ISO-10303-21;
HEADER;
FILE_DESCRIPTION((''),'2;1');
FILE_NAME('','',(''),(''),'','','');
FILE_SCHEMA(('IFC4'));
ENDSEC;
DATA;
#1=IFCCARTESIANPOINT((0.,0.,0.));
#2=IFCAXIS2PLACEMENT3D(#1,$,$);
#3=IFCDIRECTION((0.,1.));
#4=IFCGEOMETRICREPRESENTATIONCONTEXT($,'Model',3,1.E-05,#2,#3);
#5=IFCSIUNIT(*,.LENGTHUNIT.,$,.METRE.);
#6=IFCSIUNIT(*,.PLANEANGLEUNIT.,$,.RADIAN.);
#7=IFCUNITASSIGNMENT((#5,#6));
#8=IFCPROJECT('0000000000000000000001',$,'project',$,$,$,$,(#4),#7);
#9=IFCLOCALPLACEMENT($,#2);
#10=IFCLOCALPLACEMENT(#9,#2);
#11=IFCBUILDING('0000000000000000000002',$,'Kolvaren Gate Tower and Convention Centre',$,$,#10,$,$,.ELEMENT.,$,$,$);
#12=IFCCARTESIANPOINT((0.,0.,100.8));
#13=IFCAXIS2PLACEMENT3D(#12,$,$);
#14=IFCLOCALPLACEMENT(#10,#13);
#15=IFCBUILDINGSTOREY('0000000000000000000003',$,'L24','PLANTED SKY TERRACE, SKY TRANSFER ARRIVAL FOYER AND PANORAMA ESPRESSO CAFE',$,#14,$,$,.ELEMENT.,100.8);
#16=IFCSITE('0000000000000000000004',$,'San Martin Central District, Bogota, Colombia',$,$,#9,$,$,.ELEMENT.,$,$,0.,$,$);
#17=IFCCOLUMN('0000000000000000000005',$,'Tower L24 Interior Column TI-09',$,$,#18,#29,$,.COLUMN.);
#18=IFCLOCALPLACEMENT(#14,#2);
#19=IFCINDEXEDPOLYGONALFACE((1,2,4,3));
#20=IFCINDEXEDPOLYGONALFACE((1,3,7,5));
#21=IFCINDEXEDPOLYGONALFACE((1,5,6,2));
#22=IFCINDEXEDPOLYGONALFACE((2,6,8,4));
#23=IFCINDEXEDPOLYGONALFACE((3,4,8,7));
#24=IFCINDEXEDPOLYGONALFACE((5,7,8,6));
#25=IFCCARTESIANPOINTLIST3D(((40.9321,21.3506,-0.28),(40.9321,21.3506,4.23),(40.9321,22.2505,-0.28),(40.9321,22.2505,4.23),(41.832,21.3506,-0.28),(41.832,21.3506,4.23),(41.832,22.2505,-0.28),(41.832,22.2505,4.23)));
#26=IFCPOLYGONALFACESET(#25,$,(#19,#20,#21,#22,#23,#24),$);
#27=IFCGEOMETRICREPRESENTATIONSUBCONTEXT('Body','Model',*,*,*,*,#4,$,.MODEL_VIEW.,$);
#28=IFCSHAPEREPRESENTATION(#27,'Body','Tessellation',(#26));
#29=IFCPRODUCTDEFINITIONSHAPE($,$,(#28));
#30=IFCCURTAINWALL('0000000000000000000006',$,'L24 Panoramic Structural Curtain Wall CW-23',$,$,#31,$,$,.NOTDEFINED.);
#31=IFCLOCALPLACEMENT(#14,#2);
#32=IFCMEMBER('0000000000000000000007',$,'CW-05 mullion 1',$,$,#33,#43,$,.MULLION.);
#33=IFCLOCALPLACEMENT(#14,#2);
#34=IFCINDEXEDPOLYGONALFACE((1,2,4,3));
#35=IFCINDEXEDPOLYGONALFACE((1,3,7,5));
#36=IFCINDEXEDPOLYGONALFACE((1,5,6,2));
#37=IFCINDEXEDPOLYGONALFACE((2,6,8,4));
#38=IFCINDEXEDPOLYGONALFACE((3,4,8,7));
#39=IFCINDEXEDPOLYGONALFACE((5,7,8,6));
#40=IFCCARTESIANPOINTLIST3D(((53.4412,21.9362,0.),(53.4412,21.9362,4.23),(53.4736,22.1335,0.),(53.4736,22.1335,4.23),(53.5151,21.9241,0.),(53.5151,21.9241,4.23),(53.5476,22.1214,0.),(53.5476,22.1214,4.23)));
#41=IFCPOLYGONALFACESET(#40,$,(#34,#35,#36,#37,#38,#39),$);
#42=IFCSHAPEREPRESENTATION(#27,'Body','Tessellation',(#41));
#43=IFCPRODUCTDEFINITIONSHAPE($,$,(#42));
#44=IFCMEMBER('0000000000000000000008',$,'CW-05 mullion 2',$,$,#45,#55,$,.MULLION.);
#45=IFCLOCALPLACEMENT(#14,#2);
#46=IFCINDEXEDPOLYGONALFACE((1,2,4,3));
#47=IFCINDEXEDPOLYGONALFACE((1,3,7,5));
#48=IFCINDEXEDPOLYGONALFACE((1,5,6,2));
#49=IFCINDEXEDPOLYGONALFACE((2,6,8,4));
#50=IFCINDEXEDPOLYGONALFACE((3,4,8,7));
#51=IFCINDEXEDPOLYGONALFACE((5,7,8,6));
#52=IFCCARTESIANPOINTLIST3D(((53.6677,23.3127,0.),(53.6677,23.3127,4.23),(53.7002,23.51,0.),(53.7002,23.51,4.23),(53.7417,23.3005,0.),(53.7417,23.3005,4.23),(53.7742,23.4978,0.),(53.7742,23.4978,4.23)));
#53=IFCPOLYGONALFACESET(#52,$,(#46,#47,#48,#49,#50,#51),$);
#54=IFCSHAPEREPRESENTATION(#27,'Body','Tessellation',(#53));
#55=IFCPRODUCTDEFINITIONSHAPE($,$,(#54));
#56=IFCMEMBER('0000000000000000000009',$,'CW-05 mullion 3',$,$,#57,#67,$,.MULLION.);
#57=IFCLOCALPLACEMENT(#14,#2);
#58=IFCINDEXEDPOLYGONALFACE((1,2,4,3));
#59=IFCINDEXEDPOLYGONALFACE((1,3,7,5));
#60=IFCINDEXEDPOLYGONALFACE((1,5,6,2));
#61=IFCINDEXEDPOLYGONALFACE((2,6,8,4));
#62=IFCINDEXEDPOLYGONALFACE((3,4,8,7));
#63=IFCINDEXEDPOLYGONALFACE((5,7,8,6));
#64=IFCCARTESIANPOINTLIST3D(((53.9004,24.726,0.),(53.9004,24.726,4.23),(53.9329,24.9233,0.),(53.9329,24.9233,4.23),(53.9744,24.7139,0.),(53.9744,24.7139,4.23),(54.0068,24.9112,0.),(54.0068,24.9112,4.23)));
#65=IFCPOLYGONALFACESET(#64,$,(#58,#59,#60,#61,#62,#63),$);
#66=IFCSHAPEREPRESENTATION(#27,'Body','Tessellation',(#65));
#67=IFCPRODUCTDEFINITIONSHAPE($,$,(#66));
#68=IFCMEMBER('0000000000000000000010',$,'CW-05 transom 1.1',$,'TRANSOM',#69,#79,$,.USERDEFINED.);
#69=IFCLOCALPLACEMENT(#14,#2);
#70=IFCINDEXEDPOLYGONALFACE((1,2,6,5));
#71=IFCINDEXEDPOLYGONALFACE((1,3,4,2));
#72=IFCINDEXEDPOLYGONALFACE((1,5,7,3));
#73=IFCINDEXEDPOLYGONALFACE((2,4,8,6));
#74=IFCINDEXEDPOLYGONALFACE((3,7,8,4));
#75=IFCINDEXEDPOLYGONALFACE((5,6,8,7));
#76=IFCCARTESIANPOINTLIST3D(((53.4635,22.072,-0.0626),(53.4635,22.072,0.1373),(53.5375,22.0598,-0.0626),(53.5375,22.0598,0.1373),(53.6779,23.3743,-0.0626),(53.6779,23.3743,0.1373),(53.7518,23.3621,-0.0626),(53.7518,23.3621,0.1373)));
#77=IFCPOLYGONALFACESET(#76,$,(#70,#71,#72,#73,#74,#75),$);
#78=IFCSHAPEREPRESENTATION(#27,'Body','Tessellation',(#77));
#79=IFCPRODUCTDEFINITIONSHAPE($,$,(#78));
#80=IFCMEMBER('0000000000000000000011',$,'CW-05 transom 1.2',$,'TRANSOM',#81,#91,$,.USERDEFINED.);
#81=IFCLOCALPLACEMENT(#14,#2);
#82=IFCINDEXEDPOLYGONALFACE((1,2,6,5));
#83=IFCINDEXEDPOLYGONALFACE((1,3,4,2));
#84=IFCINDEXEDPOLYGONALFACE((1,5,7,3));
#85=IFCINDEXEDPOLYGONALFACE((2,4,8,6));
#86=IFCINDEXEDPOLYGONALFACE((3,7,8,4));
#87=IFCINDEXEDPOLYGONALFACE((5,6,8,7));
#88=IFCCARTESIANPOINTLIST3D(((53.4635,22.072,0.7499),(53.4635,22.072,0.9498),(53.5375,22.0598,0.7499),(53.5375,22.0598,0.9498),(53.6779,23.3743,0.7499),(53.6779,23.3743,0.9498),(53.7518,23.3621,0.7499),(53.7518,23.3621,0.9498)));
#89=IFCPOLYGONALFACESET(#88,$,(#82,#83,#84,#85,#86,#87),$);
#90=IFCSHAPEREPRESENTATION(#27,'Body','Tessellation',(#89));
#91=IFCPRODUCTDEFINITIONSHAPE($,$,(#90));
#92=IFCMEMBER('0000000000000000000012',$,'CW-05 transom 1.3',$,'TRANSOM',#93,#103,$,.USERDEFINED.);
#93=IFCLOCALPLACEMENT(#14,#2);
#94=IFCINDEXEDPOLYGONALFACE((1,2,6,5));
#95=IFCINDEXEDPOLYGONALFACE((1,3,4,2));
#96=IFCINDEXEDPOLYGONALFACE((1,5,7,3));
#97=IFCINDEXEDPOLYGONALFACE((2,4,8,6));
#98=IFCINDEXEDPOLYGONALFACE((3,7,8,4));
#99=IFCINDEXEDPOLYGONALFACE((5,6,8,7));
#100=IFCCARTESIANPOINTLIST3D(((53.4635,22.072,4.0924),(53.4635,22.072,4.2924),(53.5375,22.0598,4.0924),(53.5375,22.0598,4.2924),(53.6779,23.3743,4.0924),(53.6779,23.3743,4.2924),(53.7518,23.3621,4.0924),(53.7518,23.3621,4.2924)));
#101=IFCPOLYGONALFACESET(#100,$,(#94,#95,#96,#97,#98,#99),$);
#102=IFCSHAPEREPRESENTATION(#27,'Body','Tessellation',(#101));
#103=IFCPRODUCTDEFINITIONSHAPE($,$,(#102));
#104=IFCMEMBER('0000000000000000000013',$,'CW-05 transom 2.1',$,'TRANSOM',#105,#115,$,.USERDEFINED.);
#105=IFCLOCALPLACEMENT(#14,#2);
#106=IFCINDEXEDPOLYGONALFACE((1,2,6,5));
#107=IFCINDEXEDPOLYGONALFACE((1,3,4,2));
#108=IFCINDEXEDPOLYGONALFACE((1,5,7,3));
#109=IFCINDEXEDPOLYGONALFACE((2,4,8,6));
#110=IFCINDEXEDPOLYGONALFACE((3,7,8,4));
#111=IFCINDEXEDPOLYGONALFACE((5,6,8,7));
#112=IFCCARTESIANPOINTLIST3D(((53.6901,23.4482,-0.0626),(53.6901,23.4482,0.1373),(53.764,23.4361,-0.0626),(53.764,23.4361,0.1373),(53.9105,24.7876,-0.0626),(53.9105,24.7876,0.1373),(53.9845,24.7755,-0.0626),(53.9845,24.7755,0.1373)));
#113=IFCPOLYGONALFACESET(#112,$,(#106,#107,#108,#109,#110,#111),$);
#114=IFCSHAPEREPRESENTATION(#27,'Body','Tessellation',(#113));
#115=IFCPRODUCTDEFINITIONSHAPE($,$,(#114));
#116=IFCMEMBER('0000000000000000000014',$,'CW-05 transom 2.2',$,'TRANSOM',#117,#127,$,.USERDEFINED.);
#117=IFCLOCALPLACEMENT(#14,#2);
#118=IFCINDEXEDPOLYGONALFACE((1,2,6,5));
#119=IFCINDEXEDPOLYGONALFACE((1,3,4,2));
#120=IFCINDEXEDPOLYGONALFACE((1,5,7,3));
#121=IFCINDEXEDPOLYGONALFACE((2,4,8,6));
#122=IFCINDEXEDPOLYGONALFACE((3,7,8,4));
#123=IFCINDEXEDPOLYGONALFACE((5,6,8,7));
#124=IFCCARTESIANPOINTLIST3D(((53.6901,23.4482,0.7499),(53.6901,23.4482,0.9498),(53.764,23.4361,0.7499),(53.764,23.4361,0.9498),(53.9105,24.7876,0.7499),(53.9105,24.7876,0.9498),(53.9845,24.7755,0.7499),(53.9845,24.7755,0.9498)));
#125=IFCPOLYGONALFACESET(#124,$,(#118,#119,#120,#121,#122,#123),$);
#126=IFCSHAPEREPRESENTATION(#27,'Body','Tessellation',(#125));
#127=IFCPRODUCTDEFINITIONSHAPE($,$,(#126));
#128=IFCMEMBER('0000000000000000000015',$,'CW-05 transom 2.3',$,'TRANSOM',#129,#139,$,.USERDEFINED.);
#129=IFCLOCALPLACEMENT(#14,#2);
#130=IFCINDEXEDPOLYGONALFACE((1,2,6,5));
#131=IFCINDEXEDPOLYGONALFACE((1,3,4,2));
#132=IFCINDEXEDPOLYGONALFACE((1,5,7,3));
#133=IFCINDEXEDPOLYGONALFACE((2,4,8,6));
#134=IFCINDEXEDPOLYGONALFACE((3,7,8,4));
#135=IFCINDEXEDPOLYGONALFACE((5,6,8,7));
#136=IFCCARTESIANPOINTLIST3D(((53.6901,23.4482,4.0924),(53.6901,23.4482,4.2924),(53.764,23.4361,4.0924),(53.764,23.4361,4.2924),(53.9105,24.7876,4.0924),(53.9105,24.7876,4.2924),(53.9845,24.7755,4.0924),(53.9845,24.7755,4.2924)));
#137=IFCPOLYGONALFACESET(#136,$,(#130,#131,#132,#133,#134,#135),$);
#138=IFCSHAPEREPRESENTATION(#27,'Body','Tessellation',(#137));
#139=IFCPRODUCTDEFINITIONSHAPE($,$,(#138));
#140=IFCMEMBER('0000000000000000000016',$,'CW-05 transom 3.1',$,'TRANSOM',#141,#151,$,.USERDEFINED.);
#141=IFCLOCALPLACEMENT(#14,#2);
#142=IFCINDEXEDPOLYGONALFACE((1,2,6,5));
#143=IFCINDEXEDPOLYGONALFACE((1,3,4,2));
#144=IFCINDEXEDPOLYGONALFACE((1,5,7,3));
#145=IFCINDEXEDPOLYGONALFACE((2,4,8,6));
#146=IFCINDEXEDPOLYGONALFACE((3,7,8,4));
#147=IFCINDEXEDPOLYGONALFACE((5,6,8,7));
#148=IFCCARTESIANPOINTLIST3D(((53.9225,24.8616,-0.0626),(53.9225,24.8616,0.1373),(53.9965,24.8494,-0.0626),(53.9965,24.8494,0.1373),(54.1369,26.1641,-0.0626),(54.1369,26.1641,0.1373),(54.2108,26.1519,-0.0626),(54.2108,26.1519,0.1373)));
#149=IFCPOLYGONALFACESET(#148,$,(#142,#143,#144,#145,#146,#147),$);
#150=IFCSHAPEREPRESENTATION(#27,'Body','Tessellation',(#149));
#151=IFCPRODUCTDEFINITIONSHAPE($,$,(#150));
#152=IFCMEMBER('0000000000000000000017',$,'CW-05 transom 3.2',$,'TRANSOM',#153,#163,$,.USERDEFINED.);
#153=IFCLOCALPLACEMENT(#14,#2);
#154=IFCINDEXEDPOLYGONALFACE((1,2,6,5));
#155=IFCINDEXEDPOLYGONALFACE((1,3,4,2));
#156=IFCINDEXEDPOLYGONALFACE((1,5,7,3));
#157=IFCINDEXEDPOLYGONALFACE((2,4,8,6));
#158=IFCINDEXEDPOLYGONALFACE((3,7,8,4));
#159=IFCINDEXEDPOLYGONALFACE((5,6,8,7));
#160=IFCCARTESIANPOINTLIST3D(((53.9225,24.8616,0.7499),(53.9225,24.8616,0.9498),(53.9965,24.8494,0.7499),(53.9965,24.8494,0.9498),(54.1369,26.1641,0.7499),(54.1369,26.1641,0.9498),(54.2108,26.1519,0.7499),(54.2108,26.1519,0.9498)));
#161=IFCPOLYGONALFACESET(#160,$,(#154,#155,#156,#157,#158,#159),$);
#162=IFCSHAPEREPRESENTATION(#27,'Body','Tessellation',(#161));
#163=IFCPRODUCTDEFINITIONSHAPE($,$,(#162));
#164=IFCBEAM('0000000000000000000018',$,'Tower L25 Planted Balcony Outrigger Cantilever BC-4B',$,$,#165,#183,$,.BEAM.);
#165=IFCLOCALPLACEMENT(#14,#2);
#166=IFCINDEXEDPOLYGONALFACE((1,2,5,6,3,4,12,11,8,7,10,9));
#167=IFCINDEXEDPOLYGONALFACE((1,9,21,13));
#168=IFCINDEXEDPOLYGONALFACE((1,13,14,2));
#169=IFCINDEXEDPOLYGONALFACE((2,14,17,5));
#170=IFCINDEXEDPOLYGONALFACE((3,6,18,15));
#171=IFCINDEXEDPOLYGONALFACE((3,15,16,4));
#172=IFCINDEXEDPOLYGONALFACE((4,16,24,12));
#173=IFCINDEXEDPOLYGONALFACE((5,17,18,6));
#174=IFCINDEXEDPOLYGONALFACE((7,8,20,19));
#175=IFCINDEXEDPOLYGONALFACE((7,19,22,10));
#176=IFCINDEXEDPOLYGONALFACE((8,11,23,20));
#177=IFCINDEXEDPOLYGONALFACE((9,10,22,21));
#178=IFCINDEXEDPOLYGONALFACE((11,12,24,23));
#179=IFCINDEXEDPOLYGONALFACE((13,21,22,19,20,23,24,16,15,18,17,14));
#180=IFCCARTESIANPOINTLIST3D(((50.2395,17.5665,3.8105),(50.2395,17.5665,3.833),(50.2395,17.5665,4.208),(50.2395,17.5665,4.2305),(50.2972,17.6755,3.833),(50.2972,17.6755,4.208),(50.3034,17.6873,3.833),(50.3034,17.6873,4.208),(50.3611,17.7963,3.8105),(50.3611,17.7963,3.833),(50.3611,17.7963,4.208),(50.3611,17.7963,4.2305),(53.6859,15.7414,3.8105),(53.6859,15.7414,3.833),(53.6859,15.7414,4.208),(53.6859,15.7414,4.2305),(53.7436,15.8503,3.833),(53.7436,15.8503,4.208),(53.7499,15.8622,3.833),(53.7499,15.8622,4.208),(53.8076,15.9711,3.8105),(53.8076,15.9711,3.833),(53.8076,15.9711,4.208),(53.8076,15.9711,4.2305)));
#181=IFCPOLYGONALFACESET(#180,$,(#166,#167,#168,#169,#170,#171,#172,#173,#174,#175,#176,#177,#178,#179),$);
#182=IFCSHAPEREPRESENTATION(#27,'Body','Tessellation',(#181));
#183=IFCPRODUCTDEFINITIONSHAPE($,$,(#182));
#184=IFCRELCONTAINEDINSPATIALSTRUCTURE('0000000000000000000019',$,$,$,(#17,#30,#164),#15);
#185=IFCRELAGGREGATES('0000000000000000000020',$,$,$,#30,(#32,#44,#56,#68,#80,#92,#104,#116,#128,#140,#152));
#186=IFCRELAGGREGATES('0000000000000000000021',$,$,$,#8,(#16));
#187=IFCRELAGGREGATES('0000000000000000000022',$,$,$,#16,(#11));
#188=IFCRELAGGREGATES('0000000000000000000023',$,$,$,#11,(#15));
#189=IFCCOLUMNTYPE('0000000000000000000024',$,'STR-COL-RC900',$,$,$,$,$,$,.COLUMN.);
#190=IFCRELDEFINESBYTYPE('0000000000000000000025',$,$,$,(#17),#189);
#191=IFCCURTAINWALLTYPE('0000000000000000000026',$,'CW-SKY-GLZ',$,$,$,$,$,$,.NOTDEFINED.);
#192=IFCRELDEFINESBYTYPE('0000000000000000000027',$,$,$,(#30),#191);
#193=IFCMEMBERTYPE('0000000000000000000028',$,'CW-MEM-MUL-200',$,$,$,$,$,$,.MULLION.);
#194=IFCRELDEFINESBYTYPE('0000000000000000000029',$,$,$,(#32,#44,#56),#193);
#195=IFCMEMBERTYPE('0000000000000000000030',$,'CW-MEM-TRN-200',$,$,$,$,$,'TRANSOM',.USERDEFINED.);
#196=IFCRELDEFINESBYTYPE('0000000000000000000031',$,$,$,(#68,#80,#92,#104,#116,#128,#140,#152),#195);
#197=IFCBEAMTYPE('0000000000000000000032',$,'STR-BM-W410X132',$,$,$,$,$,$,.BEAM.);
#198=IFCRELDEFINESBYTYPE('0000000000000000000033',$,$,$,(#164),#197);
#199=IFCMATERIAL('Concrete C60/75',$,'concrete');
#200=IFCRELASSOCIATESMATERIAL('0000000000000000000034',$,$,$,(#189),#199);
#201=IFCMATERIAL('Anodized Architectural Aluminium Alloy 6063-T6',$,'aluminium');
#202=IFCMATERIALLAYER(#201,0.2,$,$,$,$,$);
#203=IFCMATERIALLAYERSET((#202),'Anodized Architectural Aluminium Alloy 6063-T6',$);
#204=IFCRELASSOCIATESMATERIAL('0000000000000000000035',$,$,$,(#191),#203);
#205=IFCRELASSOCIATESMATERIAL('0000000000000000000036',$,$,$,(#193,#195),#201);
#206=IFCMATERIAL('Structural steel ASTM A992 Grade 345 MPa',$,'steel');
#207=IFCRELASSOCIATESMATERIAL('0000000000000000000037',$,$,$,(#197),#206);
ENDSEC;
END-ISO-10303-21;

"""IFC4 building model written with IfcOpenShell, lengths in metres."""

from ifc_helpers import new_model, si_unit, direction, frame, origin, origin_2d, place, context, subcontext, project, spatial, rectangle, i_section, extrude, material, layer, layer_set, material_profile, profile_set, type_object, element, aggregate, save


model = new_model("IFC4")

# Units and contexts
model_context = context("Model", 3, precision=1e-05, world=origin(), true_north=direction((0.0, 1.0)))
body_context = subcontext(model_context, "Body", "Model", "MODEL_VIEW")
ifc_project = project(units=[si_unit("LENGTHUNIT", "METRE"), si_unit("PLANEANGLEUNIT", "RADIAN")], contexts=[model_context])

# Site, building, storey
site_placement = place(None, origin())
site = spatial("IfcSite", under=ifc_project, at=site_placement, Name="San Martin Central District, Bogota, Colombia", CompositionType="ELEMENT", RefElevation=0.0)
building_placement = place(site_placement, origin())
building = spatial("IfcBuilding", under=site, at=building_placement, Name="Kolvaren Gate Tower and Convention Centre", CompositionType="ELEMENT")
storey_placement = place(building_placement, frame((0.0, 0.0, 100.8)))
storey = spatial("IfcBuildingStorey", under=building, at=storey_placement, Name="L24", Description="PLANTED SKY TERRACE, SKY TRANSFER ARRIVAL FOYER AND PANORAMA ESPRESSO CAFE", CompositionType="ELEMENT", Elevation=100.8)

# Column
ifc_material_1 = material(Name="Concrete C60/75", Category="concrete")
ifc_material_profile_1 = material_profile(ifc_material_1, rectangle(XDim=0.8999, YDim=0.8999, at=origin_2d()), Name="RC-COL-900X900")
ifc_profile_set_1 = profile_set([ifc_material_profile_1], Name="Concrete C60/75")
column_type = type_object("IfcColumnType", Name="STR-COL-RC900", PredefinedType="COLUMN", material=ifc_profile_set_1)
column_placement = place(storey_placement, frame((41.3821, 21.8005, -0.28), z_axis=(0.0, 0.0, 1.0), x_axis=(1.0, 0.0, 0.0)))
element("IfcColumn", 1, at=column_placement, inside=storey, type_object=column_type, Name="Tower L24 Interior Column TI-09", PredefinedType="COLUMN", context=body_context, shape_type="SweptSolid", body=[
    extrude(rectangle(XDim=0.8999, YDim=0.8999, at=origin_2d()), origin(), (0.0, 0.0, 1.0), 4.51),
])

# Curtain wall, members
ifc_material_2 = material(Name="Anodized Architectural Aluminium Alloy 6063-T6", Category="aluminium")
ifc_layer_1 = layer(ifc_material_2, 0.2)
ifc_layer_set_1 = layer_set([ifc_layer_1], Name="Anodized Architectural Aluminium Alloy 6063-T6")
curtain_wall_type = type_object("IfcCurtainWallType", Name="CW-SKY-GLZ", PredefinedType="NOTDEFINED", material=ifc_layer_set_1)
curtain_wall_placement = place(storey_placement, origin())
curtain_wall = element("IfcCurtainWall", 2, at=curtain_wall_placement, inside=storey, type_object=curtain_wall_type, Name="L24 Panoramic Structural Curtain Wall CW-23", PredefinedType="NOTDEFINED")
ifc_material_profile_2 = material_profile(ifc_material_2, rectangle(XDim=0.075, YDim=0.2, at=origin_2d()), Name="CW-MEM-MUL-200")
ifc_profile_set_2 = profile_set([ifc_material_profile_2], Name="Anodized Architectural Aluminium Alloy 6063-T6")
member_type_1 = type_object("IfcMemberType", Name="CW-MEM-MUL-200", PredefinedType="MULLION", material=ifc_profile_set_2)
member_1_placement = place(storey_placement, frame((53.4944, 22.0288, 0.0), z_axis=(0.0, 0.0, 1.0), x_axis=(-0.986726, 0.162391, 0.0)))
member_1 = element("IfcMember", 3, at=member_1_placement, type_object=member_type_1, Name="CW-05 mullion 1", PredefinedType="MULLION", context=body_context, shape_type="SweptSolid", body=[
    extrude(rectangle(XDim=0.075, YDim=0.2, at=origin_2d()), origin(), (0.0, 0.0, 1.0), 4.23),
])
member_2_placement = place(storey_placement, frame((53.7209, 23.4053, 0.0), z_axis=(0.0, 0.0, 1.0), x_axis=(-0.986726, 0.162391, 0.0)))
member_2 = element("IfcMember", 4, at=member_2_placement, type_object=member_type_1, Name="CW-05 mullion 2", PredefinedType="MULLION", context=body_context, shape_type="SweptSolid", body=[
    extrude(rectangle(XDim=0.075, YDim=0.2, at=origin_2d()), origin(), (0.0, 0.0, 1.0), 4.23),
])
member_3_placement = place(storey_placement, frame((53.9536, 24.8186, 0.0), z_axis=(0.0, 0.0, 1.0), x_axis=(-0.986726, 0.162391, 0.0)))
member_3 = element("IfcMember", 5, at=member_3_placement, type_object=member_type_1, Name="CW-05 mullion 3", PredefinedType="MULLION", context=body_context, shape_type="SweptSolid", body=[
    extrude(rectangle(XDim=0.075, YDim=0.2, at=origin_2d()), origin(), (0.0, 0.0, 1.0), 4.23),
])
ifc_material_profile_3 = material_profile(ifc_material_2, rectangle(XDim=0.075, YDim=0.2, at=origin_2d()), Name="CW-MEM-TRN-200")
ifc_profile_set_3 = profile_set([ifc_material_profile_3], Name="Anodized Architectural Aluminium Alloy 6063-T6")
member_type_2 = type_object("IfcMemberType", Name="CW-MEM-TRN-200", ElementType="TRANSOM", PredefinedType="USERDEFINED", material=ifc_profile_set_3)
member_4_placement = place(storey_placement, frame((53.5005, 22.0659, 0.0374), z_axis=(0.162419, 0.986722, 0.0), x_axis=(-0.986722, 0.162419, 0.0)))
member_4 = element("IfcMember", 6, at=member_4_placement, type_object=member_type_2, Name="CW-05 transom 1.1", ObjectType="TRANSOM", PredefinedType="USERDEFINED", context=body_context, shape_type="SweptSolid", body=[
    extrude(rectangle(XDim=0.075, YDim=0.2, at=origin_2d()), origin(), (0.0, 0.0, 1.0), 1.3198),
])
member_5_placement = place(storey_placement, frame((53.5005, 22.0659, 0.8499), z_axis=(0.162419, 0.986722, 0.0), x_axis=(-0.986722, 0.162419, 0.0)))
member_5 = element("IfcMember", 7, at=member_5_placement, type_object=member_type_2, Name="CW-05 transom 1.2", ObjectType="TRANSOM", PredefinedType="USERDEFINED", context=body_context, shape_type="SweptSolid", body=[
    extrude(rectangle(XDim=0.075, YDim=0.2, at=origin_2d()), origin(), (0.0, 0.0, 1.0), 1.3198),
])
member_6_placement = place(storey_placement, frame((53.5005, 22.0659, 4.1924), z_axis=(0.162419, 0.986722, 0.0), x_axis=(-0.986722, 0.162419, 0.0)))
member_6 = element("IfcMember", 8, at=member_6_placement, type_object=member_type_2, Name="CW-05 transom 1.3", ObjectType="TRANSOM", PredefinedType="USERDEFINED", context=body_context, shape_type="SweptSolid", body=[
    extrude(rectangle(XDim=0.075, YDim=0.2, at=origin_2d()), origin(), (0.0, 0.0, 1.0), 1.3198),
])
member_7_placement = place(storey_placement, frame((53.7271, 23.4421, 0.0374), z_axis=(0.162415, 0.986722, 0.0), x_axis=(-0.986722, 0.162415, 0.0)))
member_7 = element("IfcMember", 9, at=member_7_placement, type_object=member_type_2, Name="CW-05 transom 2.1", ObjectType="TRANSOM", PredefinedType="USERDEFINED", context=body_context, shape_type="SweptSolid", body=[
    extrude(rectangle(XDim=0.075, YDim=0.2, at=origin_2d()), origin(), (0.0, 0.0, 1.0), 1.3574),
])
member_8_placement = place(storey_placement, frame((53.7271, 23.4421, 0.8499), z_axis=(0.162415, 0.986722, 0.0), x_axis=(-0.986722, 0.162415, 0.0)))
member_8 = element("IfcMember", 10, at=member_8_placement, type_object=member_type_2, Name="CW-05 transom 2.2", ObjectType="TRANSOM", PredefinedType="USERDEFINED", context=body_context, shape_type="SweptSolid", body=[
    extrude(rectangle(XDim=0.075, YDim=0.2, at=origin_2d()), origin(), (0.0, 0.0, 1.0), 1.3574),
])
member_9_placement = place(storey_placement, frame((53.7271, 23.4421, 4.1924), z_axis=(0.162415, 0.986722, 0.0), x_axis=(-0.986722, 0.162415, 0.0)))
member_9 = element("IfcMember", 11, at=member_9_placement, type_object=member_type_2, Name="CW-05 transom 2.3", ObjectType="TRANSOM", PredefinedType="USERDEFINED", context=body_context, shape_type="SweptSolid", body=[
    extrude(rectangle(XDim=0.075, YDim=0.2, at=origin_2d()), origin(), (0.0, 0.0, 1.0), 1.3574),
])
member_10_placement = place(storey_placement, frame((53.9595, 24.8555, 0.0374), z_axis=(0.162389, 0.986727, 0.0), x_axis=(-0.986727, 0.162389, 0.0)))
member_10 = element("IfcMember", 12, at=member_10_placement, type_object=member_type_2, Name="CW-05 transom 3.1", ObjectType="TRANSOM", PredefinedType="USERDEFINED", context=body_context, shape_type="SweptSolid", body=[
    extrude(rectangle(XDim=0.075, YDim=0.2, at=origin_2d()), origin(), (0.0, 0.0, 1.0), 1.3201),
])
member_11_placement = place(storey_placement, frame((53.9595, 24.8555, 0.8499), z_axis=(0.162389, 0.986727, 0.0), x_axis=(-0.986727, 0.162389, 0.0)))
member_11 = element("IfcMember", 13, at=member_11_placement, type_object=member_type_2, Name="CW-05 transom 3.2", ObjectType="TRANSOM", PredefinedType="USERDEFINED", context=body_context, shape_type="SweptSolid", body=[
    extrude(rectangle(XDim=0.075, YDim=0.2, at=origin_2d()), origin(), (0.0, 0.0, 1.0), 1.3201),
])

# Beam
ifc_material_3 = material(Name="Structural steel ASTM A992 Grade 345 MPa", Category="steel")
ifc_material_profile_4 = material_profile(ifc_material_3, i_section(OverallWidth=0.26, OverallDepth=0.4199, WebThickness=0.0134, FlangeThickness=0.0225, at=origin_2d()), Name="W410X132")
ifc_profile_set_4 = profile_set([ifc_material_profile_4], Name="Structural steel ASTM A992 Grade 345 MPa")
beam_type_1 = type_object("IfcBeamType", Name="STR-BM-W410X132", PredefinedType="BEAM", material=ifc_profile_set_4)
beam_1_placement = place(storey_placement, frame((50.3003, 17.6814, 4.0205), z_axis=(0.883729, -0.468, 0.0), x_axis=(0.468, 0.883729, 0.0)))
element("IfcBeam", 14, at=beam_1_placement, inside=storey, type_object=beam_type_1, Name="Tower L25 Planted Balcony Outrigger Cantilever BC-4B", PredefinedType="BEAM", context=body_context, shape_type="SweptSolid", body=[
    extrude(i_section(OverallWidth=0.26, OverallDepth=0.4199, WebThickness=0.0134, FlangeThickness=0.0225, at=origin_2d()), origin(), (0.0, 0.0, 1.0), 3.8999),
])

aggregate(curtain_wall, [member_1, member_2, member_3, member_4, member_5, member_6, member_7, member_8, member_9, member_10, member_11])

save(model, "model.ifc")
